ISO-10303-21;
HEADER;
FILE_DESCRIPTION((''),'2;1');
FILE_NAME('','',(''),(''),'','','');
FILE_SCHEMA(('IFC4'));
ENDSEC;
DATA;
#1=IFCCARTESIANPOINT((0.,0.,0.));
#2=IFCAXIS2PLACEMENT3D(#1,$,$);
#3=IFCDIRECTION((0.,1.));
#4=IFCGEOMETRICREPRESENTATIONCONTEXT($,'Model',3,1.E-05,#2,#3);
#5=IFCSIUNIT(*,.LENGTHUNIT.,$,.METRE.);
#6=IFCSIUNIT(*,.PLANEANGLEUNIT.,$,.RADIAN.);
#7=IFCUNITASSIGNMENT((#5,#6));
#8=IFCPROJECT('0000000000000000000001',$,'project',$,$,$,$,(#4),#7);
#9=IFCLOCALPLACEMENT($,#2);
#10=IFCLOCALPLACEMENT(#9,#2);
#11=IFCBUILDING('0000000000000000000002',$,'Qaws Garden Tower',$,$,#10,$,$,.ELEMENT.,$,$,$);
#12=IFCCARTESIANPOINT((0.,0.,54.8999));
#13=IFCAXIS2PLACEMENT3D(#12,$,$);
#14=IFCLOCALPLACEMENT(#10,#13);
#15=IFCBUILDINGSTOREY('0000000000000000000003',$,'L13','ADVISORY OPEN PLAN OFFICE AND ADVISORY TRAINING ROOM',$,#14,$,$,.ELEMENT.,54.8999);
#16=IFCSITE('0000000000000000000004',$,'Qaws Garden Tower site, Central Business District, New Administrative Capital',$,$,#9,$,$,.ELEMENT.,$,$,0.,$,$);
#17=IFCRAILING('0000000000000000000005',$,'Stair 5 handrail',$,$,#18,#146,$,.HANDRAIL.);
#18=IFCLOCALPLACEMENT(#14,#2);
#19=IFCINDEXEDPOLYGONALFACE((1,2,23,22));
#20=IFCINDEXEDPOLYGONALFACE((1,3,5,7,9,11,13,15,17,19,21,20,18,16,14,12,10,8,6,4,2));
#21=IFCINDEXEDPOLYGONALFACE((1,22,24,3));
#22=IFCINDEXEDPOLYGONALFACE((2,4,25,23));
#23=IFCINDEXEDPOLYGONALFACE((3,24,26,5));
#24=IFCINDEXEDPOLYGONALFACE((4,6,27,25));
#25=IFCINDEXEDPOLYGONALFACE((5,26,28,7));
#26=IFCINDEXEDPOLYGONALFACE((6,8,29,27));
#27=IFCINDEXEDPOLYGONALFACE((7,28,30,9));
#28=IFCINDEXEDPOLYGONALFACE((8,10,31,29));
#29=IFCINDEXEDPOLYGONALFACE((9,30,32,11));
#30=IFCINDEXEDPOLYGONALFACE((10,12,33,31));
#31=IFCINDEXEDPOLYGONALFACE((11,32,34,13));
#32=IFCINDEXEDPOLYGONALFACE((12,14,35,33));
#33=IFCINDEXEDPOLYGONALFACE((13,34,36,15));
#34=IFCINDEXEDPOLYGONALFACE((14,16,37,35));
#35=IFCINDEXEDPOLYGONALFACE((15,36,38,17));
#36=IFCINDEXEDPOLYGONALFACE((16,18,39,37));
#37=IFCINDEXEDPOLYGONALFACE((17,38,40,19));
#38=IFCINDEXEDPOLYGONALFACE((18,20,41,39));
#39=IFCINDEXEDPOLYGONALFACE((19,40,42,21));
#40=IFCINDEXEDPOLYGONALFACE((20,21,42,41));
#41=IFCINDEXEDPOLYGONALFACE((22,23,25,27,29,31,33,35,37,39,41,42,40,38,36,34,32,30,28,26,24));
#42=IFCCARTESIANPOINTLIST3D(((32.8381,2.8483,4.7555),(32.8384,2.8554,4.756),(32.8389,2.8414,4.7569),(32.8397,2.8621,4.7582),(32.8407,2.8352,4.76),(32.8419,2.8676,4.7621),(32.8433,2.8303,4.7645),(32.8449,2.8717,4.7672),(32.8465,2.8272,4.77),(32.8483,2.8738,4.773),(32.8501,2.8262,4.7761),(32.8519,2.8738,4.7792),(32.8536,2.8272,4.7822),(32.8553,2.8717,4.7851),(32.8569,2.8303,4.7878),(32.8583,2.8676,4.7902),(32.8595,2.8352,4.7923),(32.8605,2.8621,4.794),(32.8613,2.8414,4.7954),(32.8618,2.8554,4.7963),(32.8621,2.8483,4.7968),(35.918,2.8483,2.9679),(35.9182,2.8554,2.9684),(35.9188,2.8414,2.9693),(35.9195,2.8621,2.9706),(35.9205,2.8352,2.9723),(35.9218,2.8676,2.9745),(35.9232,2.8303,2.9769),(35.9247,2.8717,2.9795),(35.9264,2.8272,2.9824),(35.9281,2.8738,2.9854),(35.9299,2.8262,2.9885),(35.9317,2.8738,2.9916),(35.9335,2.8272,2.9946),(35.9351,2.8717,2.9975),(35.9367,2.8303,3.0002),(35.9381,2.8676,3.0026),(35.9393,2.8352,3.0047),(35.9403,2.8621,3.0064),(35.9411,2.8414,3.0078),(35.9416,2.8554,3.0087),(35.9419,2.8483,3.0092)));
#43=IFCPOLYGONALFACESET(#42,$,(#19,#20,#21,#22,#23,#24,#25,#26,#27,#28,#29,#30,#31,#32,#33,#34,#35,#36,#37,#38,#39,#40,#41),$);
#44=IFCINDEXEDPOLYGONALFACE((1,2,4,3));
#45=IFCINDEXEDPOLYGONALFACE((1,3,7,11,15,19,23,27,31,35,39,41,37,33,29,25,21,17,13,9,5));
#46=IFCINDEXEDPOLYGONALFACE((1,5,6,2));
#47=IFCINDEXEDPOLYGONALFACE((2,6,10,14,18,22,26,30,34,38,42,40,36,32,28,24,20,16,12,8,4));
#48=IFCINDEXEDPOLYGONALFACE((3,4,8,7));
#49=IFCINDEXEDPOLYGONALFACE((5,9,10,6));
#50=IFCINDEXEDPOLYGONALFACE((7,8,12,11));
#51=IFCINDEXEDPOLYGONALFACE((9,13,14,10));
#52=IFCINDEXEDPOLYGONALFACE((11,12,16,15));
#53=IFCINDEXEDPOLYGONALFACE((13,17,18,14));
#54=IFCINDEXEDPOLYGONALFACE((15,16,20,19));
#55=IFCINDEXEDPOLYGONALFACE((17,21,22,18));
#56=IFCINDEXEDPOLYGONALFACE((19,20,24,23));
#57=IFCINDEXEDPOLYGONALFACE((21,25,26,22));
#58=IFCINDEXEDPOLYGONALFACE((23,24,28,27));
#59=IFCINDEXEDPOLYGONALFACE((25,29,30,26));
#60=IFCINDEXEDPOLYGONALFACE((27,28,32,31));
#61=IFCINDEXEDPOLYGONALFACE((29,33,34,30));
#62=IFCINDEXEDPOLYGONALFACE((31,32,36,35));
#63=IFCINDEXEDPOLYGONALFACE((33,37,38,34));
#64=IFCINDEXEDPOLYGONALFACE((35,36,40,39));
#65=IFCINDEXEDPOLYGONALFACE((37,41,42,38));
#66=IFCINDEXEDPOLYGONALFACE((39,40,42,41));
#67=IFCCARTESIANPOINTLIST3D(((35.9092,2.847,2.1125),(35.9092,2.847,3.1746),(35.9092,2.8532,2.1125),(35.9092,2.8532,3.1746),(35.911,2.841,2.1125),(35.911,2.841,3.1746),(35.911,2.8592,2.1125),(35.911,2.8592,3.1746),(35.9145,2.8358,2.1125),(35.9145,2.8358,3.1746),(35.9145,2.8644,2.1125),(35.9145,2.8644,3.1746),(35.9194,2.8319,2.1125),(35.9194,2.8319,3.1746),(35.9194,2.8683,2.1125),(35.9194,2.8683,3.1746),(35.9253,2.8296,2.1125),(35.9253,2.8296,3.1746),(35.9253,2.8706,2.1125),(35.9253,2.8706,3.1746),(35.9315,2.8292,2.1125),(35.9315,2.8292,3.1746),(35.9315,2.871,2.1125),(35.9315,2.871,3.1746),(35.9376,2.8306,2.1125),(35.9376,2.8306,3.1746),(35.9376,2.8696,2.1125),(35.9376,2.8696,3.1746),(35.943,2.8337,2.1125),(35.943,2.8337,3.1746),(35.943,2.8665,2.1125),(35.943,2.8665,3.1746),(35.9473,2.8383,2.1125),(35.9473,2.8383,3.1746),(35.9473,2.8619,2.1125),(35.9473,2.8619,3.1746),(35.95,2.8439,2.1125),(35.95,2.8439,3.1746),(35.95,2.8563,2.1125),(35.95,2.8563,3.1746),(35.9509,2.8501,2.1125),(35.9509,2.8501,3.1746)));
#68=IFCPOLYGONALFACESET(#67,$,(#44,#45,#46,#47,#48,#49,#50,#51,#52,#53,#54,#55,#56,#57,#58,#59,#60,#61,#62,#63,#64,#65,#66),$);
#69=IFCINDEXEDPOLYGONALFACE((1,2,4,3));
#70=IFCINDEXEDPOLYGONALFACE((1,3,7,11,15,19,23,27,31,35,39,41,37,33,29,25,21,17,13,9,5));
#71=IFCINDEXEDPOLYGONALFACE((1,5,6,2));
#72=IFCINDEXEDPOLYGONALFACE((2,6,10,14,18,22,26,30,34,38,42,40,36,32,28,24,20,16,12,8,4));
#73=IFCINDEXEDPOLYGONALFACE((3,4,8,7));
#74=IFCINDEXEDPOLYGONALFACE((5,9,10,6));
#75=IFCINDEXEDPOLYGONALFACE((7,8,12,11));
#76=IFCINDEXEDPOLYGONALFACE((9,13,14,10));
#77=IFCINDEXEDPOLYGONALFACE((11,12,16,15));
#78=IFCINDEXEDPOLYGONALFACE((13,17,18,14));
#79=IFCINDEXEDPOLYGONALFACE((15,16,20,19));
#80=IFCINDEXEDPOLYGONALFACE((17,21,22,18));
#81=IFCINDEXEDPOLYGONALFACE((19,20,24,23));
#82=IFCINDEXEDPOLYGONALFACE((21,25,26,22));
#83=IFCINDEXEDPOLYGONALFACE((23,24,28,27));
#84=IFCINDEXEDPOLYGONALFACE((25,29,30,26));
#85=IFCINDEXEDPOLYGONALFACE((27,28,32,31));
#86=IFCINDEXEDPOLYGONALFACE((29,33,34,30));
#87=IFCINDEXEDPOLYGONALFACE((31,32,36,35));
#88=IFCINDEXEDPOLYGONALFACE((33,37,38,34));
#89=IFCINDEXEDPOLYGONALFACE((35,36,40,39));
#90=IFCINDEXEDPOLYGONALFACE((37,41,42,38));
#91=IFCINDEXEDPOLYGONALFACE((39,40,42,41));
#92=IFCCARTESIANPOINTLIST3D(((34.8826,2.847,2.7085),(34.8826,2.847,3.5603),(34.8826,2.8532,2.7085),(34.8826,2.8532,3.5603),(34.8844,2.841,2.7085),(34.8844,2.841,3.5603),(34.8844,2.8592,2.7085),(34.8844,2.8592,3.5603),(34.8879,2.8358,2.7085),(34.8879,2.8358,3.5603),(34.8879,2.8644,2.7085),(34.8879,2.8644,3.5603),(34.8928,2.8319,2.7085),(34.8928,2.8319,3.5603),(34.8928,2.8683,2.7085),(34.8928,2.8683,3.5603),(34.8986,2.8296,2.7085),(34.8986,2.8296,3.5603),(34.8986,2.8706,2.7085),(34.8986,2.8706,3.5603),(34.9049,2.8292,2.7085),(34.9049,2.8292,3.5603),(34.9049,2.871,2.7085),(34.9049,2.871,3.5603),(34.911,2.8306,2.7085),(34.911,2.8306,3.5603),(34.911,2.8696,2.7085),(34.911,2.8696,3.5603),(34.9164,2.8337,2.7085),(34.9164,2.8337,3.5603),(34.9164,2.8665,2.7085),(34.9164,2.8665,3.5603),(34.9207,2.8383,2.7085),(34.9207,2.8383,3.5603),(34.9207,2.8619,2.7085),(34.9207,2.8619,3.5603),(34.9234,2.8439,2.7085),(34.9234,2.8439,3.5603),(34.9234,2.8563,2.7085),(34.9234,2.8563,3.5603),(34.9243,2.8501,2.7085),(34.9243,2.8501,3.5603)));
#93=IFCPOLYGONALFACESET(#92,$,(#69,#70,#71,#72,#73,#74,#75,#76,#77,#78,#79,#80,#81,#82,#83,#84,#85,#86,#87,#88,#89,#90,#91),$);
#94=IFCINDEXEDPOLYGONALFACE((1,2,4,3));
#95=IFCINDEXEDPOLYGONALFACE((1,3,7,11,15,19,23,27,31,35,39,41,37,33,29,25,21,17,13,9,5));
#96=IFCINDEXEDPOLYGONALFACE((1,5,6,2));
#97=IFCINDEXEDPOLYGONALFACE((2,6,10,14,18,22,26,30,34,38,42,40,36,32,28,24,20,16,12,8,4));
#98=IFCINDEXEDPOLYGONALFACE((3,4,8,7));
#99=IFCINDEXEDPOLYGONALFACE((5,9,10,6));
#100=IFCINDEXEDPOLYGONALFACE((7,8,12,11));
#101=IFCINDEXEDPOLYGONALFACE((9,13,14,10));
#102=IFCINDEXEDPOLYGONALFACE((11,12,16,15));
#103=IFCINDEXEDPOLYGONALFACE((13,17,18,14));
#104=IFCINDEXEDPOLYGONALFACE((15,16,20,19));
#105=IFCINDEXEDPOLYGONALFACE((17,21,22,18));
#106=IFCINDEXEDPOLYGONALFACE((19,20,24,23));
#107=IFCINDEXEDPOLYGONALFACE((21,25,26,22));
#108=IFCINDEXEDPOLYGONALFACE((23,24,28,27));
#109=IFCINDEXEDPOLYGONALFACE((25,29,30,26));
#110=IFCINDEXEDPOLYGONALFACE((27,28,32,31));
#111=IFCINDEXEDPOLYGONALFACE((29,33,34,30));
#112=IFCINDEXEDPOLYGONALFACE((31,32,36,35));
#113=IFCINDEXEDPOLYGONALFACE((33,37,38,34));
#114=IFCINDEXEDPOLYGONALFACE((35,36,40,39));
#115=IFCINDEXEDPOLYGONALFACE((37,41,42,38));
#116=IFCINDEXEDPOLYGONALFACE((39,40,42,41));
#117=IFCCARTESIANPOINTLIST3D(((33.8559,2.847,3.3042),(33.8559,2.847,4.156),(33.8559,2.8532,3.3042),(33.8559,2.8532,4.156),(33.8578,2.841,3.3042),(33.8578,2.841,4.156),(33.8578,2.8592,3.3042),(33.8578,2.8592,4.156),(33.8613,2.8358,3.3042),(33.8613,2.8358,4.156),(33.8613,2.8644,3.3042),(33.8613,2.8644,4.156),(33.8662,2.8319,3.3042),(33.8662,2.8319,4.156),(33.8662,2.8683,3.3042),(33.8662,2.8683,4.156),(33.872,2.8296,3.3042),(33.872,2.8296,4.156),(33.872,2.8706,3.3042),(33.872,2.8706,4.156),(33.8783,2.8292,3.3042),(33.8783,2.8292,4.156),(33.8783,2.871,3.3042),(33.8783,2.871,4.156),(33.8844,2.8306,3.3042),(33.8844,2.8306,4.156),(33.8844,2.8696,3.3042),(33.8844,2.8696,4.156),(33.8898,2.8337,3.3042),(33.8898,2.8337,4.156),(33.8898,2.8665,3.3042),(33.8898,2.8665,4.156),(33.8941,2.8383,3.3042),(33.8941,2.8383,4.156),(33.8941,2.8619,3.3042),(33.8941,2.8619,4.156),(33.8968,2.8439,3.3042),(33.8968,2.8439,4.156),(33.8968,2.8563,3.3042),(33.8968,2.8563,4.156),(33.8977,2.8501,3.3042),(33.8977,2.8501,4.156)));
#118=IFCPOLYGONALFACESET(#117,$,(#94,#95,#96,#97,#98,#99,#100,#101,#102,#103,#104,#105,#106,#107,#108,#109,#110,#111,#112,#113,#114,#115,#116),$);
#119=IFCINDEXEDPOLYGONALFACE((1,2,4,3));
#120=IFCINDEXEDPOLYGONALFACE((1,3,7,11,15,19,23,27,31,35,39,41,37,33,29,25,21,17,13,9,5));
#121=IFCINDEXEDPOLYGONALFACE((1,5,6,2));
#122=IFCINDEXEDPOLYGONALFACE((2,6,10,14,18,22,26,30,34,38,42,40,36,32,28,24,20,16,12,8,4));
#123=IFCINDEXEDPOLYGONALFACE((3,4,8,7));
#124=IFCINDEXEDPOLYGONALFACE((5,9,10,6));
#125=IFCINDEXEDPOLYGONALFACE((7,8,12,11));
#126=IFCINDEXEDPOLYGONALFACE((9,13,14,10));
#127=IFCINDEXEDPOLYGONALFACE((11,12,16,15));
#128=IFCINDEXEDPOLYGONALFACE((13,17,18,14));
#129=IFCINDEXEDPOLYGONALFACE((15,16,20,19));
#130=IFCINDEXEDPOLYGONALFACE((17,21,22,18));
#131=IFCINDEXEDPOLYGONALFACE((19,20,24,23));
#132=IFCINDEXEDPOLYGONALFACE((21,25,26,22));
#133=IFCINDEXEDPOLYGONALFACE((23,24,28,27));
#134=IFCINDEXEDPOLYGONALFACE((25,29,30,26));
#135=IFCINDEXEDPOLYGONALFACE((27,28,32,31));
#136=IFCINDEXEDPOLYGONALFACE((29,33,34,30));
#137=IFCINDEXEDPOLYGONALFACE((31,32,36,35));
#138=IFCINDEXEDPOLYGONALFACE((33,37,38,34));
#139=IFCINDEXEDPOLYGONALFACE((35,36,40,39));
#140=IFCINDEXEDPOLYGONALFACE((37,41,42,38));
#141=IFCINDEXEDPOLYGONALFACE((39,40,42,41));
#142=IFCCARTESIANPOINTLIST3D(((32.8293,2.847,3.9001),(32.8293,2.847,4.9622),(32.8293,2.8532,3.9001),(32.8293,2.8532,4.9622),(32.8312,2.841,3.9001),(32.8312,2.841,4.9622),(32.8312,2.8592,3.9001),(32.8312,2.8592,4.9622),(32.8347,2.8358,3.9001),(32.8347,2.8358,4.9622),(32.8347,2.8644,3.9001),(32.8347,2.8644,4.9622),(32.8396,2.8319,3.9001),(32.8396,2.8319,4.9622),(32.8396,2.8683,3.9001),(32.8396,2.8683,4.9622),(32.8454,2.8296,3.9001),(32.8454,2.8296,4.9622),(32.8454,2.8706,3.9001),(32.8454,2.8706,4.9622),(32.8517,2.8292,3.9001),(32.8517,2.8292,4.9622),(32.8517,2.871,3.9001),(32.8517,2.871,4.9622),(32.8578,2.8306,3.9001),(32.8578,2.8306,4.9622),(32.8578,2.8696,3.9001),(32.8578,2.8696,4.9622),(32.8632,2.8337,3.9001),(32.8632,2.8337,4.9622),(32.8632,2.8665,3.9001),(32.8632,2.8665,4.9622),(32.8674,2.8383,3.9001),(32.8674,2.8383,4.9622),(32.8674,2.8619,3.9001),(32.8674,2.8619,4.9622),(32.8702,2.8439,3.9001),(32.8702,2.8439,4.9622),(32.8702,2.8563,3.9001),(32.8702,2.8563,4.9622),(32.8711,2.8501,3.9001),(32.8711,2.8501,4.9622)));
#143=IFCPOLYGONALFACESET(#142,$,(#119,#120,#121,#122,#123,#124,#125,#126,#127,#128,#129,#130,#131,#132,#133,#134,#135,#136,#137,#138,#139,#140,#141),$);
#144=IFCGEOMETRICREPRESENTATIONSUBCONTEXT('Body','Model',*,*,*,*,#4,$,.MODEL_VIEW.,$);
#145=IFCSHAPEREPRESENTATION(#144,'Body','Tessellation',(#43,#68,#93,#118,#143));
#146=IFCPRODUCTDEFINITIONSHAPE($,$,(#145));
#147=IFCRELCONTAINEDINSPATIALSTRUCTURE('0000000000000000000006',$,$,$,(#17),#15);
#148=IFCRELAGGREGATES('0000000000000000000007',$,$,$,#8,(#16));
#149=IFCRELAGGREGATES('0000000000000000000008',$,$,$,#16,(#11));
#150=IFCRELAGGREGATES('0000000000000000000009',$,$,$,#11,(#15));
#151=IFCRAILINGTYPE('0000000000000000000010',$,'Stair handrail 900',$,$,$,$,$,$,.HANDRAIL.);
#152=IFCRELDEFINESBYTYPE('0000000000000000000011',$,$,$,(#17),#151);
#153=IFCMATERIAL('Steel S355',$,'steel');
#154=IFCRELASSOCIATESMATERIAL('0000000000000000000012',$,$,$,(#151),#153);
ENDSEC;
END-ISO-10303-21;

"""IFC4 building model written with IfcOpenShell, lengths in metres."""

from ifc_helpers import new_model, si_unit, direction, frame, origin, origin_2d, place, context, subcontext, project, spatial, circle, extrude, material, type_object, element, save


model = new_model("IFC4")

# Units and contexts
model_context = context("Model", 3, precision=1e-05, world=origin(), true_north=direction((0.0, 1.0)))
body_context = subcontext(model_context, "Body", "Model", "MODEL_VIEW")
ifc_project = project(units=[si_unit("LENGTHUNIT", "METRE"), si_unit("PLANEANGLEUNIT", "RADIAN")], contexts=[model_context])

# Site, building, storey
site_placement = place(None, origin())
site = spatial("IfcSite", under=ifc_project, at=site_placement, Name="Qaws Garden Tower site, Central Business District, New Administrative Capital", CompositionType="ELEMENT", RefElevation=0.0)
building_placement = place(site_placement, origin())
building = spatial("IfcBuilding", under=site, at=building_placement, Name="Qaws Garden Tower", CompositionType="ELEMENT")
storey_placement = place(building_placement, frame((0.0, 0.0, 54.8999)))
storey = spatial("IfcBuildingStorey", under=building, at=storey_placement, Name="L13", Description="ADVISORY OPEN PLAN OFFICE AND ADVISORY TRAINING ROOM", CompositionType="ELEMENT", Elevation=54.8999)

# Railing
ifc_material_1 = material(Name="Steel S355", Category="steel")
railing_type = type_object("IfcRailingType", Name="Stair handrail 900", PredefinedType="HANDRAIL", material=ifc_material_1)
railing_1_placement = place(storey_placement, frame((35.9299, 2.8501, 2.1125)))
element("IfcRailing", 1, at=railing_1_placement, inside=storey, type_object=railing_type, Name="Stair 5 handrail", PredefinedType="HANDRAIL", context=body_context, shape_type="SweptSolid", body=[
    extrude(circle(Radius=0.0239, at=origin_2d()), frame((0.0, 0.0, 0.876), z_axis=(-0.864873, 0.0, 0.50199), x_axis=(0.0, -1.0, 0.0)), (0.0, 0.0, 1.0), 3.561),
    extrude(circle(Radius=0.021, at=origin_2d()), origin(), (0.0, 0.0, 1.0), 1.062),
    extrude(circle(Radius=0.021, at=origin_2d()), frame((-1.0266, 0.0, 0.5959)), (0.0, 0.0, 1.0), 0.8518),
    extrude(circle(Radius=0.021, at=origin_2d()), frame((-2.0532, 0.0, 1.1917)), (0.0, 0.0, 1.0), 0.8518),
    extrude(circle(Radius=0.021, at=origin_2d()), frame((-3.0798, 0.0, 1.7876)), (0.0, 0.0, 1.0), 1.062),
])

save(model, "model.ifc")
